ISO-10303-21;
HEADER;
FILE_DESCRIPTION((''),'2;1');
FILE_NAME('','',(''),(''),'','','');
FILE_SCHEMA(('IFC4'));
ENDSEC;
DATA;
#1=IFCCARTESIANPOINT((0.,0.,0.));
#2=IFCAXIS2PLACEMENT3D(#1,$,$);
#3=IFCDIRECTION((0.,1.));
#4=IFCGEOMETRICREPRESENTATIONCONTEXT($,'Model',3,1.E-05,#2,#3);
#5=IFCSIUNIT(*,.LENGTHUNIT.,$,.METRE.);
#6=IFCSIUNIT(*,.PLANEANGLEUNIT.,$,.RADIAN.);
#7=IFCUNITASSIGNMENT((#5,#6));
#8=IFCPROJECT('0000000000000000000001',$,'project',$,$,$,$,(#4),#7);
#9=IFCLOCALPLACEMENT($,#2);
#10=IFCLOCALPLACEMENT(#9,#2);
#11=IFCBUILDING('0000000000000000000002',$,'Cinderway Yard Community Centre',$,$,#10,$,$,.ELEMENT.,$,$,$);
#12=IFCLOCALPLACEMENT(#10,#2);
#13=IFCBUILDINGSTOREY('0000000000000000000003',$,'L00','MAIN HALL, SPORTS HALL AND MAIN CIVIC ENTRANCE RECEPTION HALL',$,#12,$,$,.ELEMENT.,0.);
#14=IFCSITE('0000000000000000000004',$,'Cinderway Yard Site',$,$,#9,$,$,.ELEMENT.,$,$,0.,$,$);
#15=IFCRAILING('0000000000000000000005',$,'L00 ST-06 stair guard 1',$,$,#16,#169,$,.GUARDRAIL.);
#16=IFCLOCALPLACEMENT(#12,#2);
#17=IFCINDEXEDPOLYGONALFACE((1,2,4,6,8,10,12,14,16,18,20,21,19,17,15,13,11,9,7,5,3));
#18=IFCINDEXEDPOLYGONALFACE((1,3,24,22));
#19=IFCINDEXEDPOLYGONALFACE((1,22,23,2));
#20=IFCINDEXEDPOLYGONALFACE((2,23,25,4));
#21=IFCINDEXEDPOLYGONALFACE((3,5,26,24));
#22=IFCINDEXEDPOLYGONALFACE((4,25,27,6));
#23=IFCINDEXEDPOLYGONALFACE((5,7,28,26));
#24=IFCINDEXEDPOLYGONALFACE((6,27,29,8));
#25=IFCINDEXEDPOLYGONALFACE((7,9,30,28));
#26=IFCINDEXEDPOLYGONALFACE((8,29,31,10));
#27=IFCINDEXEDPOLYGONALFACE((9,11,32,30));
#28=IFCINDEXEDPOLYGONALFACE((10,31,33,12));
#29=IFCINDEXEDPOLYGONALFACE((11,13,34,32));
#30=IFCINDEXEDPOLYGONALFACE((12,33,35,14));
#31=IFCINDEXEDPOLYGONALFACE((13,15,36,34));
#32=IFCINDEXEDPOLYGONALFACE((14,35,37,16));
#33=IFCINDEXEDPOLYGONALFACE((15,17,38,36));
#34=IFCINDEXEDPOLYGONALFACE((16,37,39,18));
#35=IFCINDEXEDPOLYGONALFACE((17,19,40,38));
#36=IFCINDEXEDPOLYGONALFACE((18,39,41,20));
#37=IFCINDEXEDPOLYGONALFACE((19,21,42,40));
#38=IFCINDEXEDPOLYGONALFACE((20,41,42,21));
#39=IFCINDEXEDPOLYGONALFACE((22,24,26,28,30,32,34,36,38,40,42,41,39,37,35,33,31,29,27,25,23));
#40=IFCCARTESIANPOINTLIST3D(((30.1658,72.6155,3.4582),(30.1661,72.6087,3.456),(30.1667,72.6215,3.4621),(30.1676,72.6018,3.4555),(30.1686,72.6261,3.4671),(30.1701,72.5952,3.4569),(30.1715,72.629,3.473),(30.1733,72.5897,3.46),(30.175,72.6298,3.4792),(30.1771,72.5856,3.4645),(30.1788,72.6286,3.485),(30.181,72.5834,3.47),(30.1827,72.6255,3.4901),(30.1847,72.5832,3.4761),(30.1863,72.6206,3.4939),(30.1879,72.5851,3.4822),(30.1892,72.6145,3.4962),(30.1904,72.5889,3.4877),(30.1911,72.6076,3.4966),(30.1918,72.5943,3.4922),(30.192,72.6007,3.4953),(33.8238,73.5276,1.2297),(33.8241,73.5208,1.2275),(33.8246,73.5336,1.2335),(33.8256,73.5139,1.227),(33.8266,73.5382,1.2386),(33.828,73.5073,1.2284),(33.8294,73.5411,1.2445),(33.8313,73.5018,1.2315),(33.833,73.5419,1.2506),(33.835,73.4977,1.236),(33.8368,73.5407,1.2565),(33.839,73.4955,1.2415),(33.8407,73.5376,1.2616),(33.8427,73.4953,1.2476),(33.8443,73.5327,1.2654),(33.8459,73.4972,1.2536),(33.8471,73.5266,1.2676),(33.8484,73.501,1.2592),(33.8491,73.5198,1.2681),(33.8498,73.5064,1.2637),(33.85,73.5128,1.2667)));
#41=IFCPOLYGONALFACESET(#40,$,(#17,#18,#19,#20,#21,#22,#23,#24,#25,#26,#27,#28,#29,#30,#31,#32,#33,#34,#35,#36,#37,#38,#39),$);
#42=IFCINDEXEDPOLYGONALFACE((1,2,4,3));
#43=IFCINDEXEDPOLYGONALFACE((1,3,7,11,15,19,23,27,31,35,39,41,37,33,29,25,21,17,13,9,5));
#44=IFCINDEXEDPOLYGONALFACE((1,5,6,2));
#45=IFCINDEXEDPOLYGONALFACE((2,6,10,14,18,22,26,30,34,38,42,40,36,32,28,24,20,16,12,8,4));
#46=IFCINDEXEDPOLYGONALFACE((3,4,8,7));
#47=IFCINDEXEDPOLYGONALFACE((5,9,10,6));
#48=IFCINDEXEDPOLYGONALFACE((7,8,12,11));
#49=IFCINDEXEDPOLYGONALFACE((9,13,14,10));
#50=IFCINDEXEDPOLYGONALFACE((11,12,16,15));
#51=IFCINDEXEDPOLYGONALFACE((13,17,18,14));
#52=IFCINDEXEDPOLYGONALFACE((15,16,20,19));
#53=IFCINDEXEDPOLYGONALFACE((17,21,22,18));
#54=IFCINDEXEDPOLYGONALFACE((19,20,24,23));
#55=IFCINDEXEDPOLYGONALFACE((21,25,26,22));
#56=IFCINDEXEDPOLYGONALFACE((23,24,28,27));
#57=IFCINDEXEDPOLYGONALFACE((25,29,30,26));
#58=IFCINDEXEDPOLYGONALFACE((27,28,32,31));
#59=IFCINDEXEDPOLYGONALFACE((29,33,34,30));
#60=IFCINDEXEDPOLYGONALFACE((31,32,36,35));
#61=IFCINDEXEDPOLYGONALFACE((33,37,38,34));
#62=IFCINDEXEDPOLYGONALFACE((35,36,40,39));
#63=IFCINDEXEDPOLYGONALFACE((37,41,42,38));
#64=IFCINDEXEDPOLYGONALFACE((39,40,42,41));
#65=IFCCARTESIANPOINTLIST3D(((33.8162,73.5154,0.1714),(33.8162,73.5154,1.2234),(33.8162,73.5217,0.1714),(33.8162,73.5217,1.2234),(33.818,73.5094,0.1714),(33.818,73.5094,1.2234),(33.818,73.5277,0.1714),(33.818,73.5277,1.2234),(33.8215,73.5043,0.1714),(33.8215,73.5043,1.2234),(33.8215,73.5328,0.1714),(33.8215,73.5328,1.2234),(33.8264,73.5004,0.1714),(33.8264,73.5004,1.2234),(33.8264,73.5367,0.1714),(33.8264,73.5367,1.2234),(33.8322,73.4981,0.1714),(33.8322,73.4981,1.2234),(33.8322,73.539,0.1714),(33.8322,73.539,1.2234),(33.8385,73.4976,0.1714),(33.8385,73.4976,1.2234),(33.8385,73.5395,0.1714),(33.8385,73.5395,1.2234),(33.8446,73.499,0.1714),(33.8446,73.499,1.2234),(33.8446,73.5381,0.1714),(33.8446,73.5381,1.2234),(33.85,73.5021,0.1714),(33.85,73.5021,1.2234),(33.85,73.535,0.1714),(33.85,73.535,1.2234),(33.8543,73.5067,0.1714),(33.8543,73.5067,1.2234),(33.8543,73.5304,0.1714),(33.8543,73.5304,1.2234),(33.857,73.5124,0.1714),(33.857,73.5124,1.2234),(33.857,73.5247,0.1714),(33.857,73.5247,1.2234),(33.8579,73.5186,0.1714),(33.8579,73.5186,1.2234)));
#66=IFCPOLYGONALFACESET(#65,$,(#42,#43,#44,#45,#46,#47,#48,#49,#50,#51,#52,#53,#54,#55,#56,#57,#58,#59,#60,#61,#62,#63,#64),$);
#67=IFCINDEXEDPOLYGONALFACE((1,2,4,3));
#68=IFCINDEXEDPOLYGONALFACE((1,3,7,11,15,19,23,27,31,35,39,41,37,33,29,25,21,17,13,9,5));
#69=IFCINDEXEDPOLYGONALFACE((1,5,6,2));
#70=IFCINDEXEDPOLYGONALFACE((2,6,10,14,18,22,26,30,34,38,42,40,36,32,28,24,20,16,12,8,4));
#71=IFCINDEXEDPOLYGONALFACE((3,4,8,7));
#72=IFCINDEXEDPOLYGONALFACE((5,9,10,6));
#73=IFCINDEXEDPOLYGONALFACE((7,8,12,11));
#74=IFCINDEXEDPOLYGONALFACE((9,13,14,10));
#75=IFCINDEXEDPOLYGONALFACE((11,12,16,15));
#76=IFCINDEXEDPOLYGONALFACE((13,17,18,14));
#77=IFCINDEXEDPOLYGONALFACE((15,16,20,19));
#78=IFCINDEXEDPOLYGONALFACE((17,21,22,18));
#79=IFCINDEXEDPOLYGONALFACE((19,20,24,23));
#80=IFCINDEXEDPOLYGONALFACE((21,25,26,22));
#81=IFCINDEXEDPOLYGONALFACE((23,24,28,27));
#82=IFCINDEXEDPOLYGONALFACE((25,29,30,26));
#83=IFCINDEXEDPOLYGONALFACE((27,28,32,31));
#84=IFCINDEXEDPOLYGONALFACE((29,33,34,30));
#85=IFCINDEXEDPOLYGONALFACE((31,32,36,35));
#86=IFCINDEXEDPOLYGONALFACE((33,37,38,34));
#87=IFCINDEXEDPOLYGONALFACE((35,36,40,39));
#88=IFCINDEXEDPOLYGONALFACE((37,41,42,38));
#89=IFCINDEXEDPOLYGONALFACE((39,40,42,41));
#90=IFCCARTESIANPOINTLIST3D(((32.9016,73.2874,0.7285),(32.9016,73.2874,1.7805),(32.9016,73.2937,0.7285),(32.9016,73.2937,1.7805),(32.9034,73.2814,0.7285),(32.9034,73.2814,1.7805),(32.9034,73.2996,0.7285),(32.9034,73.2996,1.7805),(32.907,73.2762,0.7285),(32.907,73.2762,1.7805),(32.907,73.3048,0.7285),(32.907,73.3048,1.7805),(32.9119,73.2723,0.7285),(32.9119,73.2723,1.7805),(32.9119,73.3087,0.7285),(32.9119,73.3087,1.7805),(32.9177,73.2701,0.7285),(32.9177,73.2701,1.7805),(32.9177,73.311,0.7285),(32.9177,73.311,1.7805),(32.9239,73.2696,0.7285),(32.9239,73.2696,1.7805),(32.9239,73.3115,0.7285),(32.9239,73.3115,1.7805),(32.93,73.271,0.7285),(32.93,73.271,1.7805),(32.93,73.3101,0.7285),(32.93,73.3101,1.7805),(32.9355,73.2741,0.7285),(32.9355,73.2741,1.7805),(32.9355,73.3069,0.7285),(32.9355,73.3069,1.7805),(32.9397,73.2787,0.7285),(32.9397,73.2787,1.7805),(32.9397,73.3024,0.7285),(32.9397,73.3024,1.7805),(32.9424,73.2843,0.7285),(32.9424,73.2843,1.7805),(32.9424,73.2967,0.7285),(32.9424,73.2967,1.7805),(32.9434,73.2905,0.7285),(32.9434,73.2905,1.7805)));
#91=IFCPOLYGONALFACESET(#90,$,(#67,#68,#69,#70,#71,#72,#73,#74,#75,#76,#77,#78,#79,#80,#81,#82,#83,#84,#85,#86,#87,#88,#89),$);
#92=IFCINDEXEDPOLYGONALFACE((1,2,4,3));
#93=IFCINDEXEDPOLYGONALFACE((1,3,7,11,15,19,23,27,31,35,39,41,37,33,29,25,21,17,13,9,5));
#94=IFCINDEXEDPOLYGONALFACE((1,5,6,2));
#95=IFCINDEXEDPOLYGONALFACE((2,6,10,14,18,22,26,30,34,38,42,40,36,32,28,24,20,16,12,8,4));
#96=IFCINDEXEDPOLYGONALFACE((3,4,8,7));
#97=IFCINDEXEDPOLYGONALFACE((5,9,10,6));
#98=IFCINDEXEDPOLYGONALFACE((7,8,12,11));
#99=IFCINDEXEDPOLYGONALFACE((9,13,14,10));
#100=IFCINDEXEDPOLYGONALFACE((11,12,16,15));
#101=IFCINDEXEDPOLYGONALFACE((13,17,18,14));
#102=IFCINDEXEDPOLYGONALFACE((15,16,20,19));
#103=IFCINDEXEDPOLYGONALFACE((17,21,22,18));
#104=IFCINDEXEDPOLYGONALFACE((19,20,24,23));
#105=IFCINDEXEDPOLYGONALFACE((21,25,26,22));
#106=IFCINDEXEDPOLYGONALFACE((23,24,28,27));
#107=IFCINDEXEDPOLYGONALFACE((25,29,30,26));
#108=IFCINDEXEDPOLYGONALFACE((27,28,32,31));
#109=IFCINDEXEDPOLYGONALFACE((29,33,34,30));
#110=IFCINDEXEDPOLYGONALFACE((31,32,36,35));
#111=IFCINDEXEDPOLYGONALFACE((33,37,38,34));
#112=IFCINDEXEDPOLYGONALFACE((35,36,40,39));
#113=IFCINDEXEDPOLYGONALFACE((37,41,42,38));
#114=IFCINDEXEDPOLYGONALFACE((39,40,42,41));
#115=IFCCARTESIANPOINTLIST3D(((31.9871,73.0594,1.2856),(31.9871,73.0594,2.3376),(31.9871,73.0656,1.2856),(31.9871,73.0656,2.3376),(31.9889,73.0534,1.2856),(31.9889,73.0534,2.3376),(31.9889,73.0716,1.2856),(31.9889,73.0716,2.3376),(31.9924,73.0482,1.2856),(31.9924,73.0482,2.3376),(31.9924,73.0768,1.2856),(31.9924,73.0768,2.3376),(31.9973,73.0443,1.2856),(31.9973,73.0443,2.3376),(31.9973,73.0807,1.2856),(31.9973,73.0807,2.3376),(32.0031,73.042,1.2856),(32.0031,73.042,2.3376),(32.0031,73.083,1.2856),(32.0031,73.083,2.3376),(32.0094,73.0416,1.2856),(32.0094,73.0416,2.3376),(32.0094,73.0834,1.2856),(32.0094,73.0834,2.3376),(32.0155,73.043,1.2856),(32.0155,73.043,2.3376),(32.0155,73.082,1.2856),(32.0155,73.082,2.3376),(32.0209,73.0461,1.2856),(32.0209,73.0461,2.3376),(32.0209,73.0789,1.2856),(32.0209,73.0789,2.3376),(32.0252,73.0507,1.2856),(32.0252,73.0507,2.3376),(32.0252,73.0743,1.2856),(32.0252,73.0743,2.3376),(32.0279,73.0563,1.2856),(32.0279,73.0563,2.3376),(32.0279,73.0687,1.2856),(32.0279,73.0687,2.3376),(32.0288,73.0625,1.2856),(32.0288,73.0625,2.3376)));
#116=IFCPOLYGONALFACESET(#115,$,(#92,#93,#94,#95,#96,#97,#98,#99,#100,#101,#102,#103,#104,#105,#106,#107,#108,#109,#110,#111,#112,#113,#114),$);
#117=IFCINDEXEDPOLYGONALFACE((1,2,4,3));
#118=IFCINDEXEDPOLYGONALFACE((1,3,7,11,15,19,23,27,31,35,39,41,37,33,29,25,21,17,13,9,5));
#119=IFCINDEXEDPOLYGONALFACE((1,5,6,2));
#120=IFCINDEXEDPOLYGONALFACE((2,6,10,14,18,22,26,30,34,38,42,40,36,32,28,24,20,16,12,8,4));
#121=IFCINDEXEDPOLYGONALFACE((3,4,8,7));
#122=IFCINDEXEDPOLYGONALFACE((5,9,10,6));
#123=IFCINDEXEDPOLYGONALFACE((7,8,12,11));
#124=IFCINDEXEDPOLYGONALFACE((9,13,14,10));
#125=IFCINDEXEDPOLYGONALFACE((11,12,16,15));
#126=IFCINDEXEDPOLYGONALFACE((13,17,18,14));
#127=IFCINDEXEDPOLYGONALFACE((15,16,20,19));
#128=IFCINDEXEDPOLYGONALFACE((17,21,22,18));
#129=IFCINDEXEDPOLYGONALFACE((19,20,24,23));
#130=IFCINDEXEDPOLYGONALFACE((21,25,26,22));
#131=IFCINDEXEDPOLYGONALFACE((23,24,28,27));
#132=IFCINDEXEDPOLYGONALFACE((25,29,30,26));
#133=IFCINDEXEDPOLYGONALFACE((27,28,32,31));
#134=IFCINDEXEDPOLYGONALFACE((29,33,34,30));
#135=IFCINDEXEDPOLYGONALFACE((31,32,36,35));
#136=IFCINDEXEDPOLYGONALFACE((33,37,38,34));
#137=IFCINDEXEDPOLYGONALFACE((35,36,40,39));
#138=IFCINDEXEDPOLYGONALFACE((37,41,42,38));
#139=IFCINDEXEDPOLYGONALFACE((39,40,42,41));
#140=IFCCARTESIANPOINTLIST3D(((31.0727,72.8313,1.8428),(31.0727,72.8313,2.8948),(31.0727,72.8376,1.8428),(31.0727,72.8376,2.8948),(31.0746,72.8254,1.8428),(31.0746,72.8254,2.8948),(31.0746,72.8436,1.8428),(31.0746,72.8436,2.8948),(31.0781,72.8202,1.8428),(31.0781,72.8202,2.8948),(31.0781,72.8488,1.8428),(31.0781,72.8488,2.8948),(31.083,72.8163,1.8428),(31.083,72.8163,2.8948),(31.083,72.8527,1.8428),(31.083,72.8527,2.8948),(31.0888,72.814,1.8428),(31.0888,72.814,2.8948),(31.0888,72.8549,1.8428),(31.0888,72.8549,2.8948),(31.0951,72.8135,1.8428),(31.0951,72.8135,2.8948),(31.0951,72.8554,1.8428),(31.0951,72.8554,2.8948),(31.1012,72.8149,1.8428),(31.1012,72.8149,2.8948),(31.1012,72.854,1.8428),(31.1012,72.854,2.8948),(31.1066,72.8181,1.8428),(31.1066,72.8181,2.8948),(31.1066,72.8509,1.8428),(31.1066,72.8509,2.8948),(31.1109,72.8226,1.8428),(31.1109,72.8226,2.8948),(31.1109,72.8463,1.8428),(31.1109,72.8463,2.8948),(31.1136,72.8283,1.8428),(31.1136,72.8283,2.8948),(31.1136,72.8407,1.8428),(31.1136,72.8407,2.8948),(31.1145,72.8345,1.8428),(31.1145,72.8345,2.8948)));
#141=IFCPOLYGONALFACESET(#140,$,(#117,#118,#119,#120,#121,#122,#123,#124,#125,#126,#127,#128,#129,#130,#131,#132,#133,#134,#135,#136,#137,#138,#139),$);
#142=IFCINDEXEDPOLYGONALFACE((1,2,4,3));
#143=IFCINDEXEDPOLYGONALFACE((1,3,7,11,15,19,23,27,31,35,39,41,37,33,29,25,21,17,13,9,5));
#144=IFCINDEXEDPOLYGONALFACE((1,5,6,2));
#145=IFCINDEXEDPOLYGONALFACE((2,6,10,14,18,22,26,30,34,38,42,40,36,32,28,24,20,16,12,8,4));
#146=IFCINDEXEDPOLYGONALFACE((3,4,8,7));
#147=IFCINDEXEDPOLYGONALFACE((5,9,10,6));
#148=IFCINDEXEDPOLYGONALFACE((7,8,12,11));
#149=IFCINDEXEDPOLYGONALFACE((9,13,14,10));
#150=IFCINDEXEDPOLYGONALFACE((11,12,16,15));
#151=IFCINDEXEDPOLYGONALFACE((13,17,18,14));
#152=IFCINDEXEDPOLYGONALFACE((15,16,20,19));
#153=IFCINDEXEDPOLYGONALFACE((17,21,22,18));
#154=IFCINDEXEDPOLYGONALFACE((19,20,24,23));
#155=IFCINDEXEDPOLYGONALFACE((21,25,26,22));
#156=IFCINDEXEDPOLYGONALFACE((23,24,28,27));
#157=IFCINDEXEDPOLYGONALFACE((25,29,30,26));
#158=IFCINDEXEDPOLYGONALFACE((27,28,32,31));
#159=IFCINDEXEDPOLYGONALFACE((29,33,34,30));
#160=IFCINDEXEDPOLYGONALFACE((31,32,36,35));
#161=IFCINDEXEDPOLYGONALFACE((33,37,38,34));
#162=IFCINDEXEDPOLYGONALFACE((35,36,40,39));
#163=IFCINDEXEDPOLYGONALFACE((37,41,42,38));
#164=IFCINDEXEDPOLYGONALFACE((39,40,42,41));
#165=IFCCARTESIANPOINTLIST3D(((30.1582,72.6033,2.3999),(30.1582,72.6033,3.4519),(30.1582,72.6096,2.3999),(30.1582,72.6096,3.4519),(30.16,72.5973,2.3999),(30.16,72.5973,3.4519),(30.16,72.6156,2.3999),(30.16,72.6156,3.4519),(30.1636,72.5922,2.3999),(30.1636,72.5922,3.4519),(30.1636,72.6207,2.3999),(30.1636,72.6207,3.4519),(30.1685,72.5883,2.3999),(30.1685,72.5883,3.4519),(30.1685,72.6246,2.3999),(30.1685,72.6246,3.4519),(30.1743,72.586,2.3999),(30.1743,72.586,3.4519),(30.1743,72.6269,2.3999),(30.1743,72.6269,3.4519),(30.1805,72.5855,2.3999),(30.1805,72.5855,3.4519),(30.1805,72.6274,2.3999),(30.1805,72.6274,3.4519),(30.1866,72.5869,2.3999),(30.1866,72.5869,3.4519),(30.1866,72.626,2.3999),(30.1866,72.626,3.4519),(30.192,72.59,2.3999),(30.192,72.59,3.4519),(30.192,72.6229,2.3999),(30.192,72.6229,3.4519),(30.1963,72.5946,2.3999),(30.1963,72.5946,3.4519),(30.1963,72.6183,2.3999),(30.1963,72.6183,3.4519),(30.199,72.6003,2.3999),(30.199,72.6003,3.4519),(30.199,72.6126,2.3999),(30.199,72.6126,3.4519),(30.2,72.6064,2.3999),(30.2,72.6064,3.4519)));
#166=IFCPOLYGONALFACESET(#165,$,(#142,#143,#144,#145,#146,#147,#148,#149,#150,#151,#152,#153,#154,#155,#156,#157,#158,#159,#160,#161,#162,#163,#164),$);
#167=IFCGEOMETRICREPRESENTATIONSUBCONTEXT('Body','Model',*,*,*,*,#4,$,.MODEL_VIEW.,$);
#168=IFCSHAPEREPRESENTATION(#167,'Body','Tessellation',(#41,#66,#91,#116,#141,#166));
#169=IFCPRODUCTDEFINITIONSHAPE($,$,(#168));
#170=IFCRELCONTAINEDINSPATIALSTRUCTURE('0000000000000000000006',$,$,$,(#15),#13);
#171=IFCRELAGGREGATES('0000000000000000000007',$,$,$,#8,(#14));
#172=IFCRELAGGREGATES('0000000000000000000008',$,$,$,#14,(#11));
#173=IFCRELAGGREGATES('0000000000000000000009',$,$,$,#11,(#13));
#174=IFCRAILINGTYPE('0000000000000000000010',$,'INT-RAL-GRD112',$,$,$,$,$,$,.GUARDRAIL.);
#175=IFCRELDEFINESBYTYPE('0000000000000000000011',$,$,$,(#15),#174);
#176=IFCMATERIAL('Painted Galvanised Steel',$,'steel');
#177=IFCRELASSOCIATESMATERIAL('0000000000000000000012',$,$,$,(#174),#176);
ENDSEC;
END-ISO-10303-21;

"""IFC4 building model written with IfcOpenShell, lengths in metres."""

from ifc_helpers import new_model, si_unit, direction, frame, origin, origin_2d, place, context, subcontext, project, spatial, circle, extrude, material, type_object, element, save


model = new_model("IFC4")

# Units and contexts
model_context = context("Model", 3, precision=1e-05, world=origin(), true_north=direction((0.0, 1.0)))
body_context = subcontext(model_context, "Body", "Model", "MODEL_VIEW")
ifc_project = project(units=[si_unit("LENGTHUNIT", "METRE"), si_unit("PLANEANGLEUNIT", "RADIAN")], contexts=[model_context])

# Site, building, storey
site_placement = place(None, origin())
site = spatial("IfcSite", under=ifc_project, at=site_placement, Name="Cinderway Yard Site", CompositionType="ELEMENT", RefElevation=0.0)
building_placement = place(site_placement, origin())
building = spatial("IfcBuilding", under=site, at=building_placement, Name="Cinderway Yard Community Centre", CompositionType="ELEMENT")
storey_placement = place(building_placement, origin())
storey = spatial("IfcBuildingStorey", under=building, at=storey_placement, Name="L00", Description="MAIN HALL, SPORTS HALL AND MAIN CIVIC ENTRANCE RECEPTION HALL", CompositionType="ELEMENT", Elevation=0.0)

# Shared definitions
ifc_material_1 = material(Name="Painted Galvanised Steel", Category="steel")

# Railing
railing_type_1 = type_object("IfcRailingType", Name="INT-RAL-GRD112", PredefinedType="GUARDRAIL", material=ifc_material_1)
railing_1_placement = place(storey_placement, frame((33.8369, 73.5186, 0.1714)))
element("IfcRailing", 1, at=railing_1_placement, inside=storey, type_object=railing_type_1, Name="L00 ST-06 stair guard 1", PredefinedType="GUARDRAIL", context=body_context, shape_type="SweptSolid", body=[
    extrude(circle(Radius=0.0239, at=origin_2d()), frame((0.0, 0.0, 1.0762), z_axis=(-0.83527, -0.208274, 0.508867), x_axis=(0.241941, -0.970291, 0.0)), (0.0, 0.0, 1.0), 4.3794),
    extrude(circle(Radius=0.021, at=origin_2d()), origin(), (0.0, 0.0, 1.0), 1.052),
    extrude(circle(Radius=0.021, at=origin_2d()), frame((-0.9146, -0.228, 0.5571)), (0.0, 0.0, 1.0), 1.052),
    extrude(circle(Radius=0.021, at=origin_2d()), frame((-1.8291, -0.4561, 1.1143)), (0.0, 0.0, 1.0), 1.052),
    extrude(circle(Radius=0.021, at=origin_2d()), frame((-2.7434, -0.6841, 1.6714)), (0.0, 0.0, 1.0), 1.052),
    extrude(circle(Radius=0.021, at=origin_2d()), frame((-3.658, -0.9121, 2.2285)), (0.0, 0.0, 1.0), 1.052),
])

save(model, "model.ifc")
